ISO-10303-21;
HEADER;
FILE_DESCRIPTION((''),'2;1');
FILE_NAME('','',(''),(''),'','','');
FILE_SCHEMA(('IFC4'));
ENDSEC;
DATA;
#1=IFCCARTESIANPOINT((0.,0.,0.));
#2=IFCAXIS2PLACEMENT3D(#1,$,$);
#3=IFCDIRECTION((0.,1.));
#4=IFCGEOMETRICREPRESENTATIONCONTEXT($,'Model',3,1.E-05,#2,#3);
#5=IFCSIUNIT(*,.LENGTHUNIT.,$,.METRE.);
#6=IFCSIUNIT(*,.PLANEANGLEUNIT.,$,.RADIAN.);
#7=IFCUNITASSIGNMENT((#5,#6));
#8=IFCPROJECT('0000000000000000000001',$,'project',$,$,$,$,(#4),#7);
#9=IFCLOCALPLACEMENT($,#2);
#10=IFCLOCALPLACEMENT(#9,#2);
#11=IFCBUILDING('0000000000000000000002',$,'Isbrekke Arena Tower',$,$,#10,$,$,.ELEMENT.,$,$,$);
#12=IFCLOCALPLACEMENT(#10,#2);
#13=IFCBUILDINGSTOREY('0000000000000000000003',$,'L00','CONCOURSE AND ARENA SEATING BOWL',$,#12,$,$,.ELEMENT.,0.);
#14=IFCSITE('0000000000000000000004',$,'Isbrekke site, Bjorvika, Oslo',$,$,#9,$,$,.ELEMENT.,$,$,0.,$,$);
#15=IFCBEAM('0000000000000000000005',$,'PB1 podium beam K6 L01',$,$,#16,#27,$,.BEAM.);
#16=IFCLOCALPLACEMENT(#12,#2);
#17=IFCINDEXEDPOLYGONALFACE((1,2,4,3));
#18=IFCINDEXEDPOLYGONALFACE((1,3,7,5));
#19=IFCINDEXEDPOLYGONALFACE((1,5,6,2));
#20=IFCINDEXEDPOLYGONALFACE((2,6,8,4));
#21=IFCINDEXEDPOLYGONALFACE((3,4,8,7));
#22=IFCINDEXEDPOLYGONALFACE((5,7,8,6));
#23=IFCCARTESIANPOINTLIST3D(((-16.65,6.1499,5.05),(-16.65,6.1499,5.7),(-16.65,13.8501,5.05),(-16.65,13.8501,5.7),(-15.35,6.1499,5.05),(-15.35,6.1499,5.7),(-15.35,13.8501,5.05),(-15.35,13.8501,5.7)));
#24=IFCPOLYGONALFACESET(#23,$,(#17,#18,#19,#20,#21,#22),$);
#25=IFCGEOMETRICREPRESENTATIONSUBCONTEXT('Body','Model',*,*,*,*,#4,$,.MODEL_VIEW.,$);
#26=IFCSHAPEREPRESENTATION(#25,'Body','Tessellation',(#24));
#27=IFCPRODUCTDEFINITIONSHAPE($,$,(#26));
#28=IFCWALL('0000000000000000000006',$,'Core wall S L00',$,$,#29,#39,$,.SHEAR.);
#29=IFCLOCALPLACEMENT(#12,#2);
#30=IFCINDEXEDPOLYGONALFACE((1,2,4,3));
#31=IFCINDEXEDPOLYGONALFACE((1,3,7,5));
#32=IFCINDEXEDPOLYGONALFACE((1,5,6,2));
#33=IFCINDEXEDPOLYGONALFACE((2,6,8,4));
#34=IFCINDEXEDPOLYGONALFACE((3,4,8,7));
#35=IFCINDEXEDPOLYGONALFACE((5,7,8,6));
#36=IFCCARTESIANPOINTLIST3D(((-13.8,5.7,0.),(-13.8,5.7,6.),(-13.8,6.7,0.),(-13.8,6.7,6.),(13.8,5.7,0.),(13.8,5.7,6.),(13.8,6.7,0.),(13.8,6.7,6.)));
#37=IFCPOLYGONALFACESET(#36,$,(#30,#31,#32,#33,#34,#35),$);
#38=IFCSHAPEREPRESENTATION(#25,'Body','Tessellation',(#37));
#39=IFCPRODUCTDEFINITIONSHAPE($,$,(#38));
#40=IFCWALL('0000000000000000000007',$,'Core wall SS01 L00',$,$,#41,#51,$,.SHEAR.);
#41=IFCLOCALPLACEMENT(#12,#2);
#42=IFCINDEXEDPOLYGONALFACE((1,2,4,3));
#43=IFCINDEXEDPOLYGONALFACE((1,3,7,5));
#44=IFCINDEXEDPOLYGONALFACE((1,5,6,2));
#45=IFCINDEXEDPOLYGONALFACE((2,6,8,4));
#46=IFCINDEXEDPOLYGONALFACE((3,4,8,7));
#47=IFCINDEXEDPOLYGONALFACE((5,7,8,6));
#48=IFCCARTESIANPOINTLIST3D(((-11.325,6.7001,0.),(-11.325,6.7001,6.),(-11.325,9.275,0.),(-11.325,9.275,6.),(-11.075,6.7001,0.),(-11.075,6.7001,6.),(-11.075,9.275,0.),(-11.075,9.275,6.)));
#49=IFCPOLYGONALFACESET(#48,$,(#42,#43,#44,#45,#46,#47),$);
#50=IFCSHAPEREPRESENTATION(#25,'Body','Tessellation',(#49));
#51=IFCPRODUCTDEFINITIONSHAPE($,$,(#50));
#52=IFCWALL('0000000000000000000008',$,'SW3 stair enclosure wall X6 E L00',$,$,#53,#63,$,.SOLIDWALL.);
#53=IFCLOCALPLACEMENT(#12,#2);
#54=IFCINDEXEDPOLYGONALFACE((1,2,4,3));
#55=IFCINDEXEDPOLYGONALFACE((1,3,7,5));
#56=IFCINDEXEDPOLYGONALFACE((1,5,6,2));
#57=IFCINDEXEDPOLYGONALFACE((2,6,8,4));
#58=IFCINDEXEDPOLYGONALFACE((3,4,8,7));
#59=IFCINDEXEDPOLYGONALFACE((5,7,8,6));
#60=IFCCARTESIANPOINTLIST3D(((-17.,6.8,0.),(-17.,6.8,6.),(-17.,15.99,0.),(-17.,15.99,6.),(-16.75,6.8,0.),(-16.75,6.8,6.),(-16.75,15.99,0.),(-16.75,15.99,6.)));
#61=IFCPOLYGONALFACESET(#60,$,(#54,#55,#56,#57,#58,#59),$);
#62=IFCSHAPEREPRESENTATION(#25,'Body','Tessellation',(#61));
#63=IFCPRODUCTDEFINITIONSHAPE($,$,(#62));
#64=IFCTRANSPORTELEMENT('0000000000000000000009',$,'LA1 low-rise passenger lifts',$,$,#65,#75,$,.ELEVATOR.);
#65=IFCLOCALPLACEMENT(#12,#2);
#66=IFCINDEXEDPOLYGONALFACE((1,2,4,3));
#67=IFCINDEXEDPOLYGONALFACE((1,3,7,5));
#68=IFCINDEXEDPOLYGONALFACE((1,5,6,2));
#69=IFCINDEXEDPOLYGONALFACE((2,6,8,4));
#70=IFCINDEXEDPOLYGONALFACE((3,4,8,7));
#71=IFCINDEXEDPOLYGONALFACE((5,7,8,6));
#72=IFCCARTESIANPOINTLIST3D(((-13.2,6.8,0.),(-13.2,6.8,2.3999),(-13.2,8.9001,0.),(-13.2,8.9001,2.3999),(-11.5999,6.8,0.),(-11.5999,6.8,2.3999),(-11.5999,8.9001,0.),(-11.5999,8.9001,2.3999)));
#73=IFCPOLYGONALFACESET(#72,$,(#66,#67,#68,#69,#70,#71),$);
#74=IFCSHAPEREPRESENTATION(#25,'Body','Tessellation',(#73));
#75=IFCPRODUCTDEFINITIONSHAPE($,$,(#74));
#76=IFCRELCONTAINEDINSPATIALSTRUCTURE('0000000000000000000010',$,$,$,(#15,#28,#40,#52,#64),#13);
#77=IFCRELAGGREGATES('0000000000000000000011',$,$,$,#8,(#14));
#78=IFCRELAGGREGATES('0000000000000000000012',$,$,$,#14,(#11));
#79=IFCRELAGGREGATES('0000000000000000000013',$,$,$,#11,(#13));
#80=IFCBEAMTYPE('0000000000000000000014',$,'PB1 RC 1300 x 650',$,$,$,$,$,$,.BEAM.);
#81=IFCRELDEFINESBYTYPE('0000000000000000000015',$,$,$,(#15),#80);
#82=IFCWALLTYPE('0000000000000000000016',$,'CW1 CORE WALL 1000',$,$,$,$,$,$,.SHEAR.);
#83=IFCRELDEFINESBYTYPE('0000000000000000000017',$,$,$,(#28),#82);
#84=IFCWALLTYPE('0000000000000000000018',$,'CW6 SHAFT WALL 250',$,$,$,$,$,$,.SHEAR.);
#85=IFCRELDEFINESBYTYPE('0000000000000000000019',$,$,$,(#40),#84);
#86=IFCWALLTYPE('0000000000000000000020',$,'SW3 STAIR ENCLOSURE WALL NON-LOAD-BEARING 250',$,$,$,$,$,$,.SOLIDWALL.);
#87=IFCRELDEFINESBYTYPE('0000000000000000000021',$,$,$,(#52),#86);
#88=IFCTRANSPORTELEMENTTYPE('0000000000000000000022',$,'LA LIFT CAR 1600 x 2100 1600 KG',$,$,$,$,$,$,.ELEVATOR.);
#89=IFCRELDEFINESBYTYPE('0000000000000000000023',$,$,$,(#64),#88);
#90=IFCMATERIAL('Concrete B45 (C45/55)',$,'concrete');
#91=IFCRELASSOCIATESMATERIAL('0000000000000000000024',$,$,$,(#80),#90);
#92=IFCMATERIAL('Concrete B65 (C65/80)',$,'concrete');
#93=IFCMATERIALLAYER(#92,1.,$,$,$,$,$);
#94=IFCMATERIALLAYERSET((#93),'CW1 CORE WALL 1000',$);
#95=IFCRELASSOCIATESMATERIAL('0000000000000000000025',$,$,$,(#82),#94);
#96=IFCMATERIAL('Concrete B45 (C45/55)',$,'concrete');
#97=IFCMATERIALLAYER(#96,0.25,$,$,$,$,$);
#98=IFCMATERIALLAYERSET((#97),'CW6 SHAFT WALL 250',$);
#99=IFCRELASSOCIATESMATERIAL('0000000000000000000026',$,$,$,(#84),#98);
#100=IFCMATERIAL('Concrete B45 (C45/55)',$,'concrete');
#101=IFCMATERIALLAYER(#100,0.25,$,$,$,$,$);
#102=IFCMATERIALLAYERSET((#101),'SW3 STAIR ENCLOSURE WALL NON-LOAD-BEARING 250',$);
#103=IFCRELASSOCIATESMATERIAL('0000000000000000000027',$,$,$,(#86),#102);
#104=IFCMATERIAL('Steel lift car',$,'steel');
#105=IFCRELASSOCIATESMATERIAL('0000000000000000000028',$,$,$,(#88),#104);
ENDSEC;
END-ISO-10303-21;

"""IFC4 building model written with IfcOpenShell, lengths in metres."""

from ifc_helpers import new_model, si_unit, direction, frame, frame_2d, origin, origin_2d, place, context, subcontext, project, spatial, rectangle, extrude, material, layer, layer_set, material_profile, profile_set, type_object, element, save


model = new_model("IFC4")

# Units and contexts
model_context = context("Model", 3, precision=1e-05, world=origin(), true_north=direction((0.0, 1.0)))
body_context = subcontext(model_context, "Body", "Model", "MODEL_VIEW")
ifc_project = project(units=[si_unit("LENGTHUNIT", "METRE"), si_unit("PLANEANGLEUNIT", "RADIAN")], contexts=[model_context])

# Site, building, storey
site_placement = place(None, origin())
site = spatial("IfcSite", under=ifc_project, at=site_placement, Name="Isbrekke site, Bjorvika, Oslo", CompositionType="ELEMENT", RefElevation=0.0)
building_placement = place(site_placement, origin())
building = spatial("IfcBuilding", under=site, at=building_placement, Name="Isbrekke Arena Tower", CompositionType="ELEMENT")
storey_placement = place(building_placement, origin())
storey = spatial("IfcBuildingStorey", under=building, at=storey_placement, Name="L00", Description="CONCOURSE AND ARENA SEATING BOWL", CompositionType="ELEMENT", Elevation=0.0)

# Beam
ifc_material_1 = material(Name="Concrete B45 (C45/55)", Category="concrete")
ifc_material_profile = material_profile(ifc_material_1, rectangle(XDim=1.3, YDim=0.6499, at=origin_2d()), Name="RC 1300x650")
ifc_profile_set = profile_set([ifc_material_profile], Name="Concrete B45 (C45/55)")
beam_type = type_object("IfcBeamType", Name="PB1 RC 1300 x 650", PredefinedType="BEAM", material=ifc_profile_set)
beam_placement = place(storey_placement, frame((-16.0, 6.1499, 5.375), z_axis=(0.0, 1.0, 0.0), x_axis=(-1.0, 0.0, 0.0)))
element("IfcBeam", 1, at=beam_placement, inside=storey, type_object=beam_type, Name="PB1 podium beam K6 L01", PredefinedType="BEAM", context=body_context, shape_type="SweptSolid", body=[
    extrude(rectangle(XDim=1.3, YDim=0.6499, at=origin_2d()), origin(), (0.0, 0.0, 1.0), 7.7002),
])

# Walls
ifc_material_2 = material(Name="Concrete B65 (C65/80)", Category="concrete")
ifc_layer_1 = layer(ifc_material_2, 1.0)
ifc_layer_set_1 = layer_set([ifc_layer_1], Name="CW1 CORE WALL 1000")
wall_type_1 = type_object("IfcWallType", Name="CW1 CORE WALL 1000", PredefinedType="SHEAR", material=ifc_layer_set_1)
wall_1_placement = place(storey_placement, frame((-13.8, 6.2, 0.0), z_axis=(0.0, 0.0, 1.0), x_axis=(1.0, 0.0, 0.0)))
element("IfcWall", 2, at=wall_1_placement, inside=storey, type_object=wall_type_1, Name="Core wall S L00", PredefinedType="SHEAR", context=body_context, shape_type="SweptSolid", body=[
    extrude(rectangle(XDim=27.6001, YDim=1.0, at=frame_2d((13.8, 0.0))), origin(), (0.0, 0.0, 1.0), 6.0),
])
ifc_material_3 = material(Name="Concrete B45 (C45/55)", Category="concrete")
ifc_layer_2 = layer(ifc_material_3, 0.25)
ifc_layer_set_2 = layer_set([ifc_layer_2], Name="CW6 SHAFT WALL 250")
wall_type_2 = type_object("IfcWallType", Name="CW6 SHAFT WALL 250", PredefinedType="SHEAR", material=ifc_layer_set_2)
wall_2_placement = place(storey_placement, frame((-11.2, 6.7, 0.0), z_axis=(0.0, 0.0, 1.0), x_axis=(0.0, 1.0, 0.0)))
element("IfcWall", 3, at=wall_2_placement, inside=storey, type_object=wall_type_2, Name="Core wall SS01 L00", PredefinedType="SHEAR", context=body_context, shape_type="SweptSolid", body=[
    extrude(rectangle(XDim=2.575, YDim=0.25, at=frame_2d((1.2876, 0.0))), origin(), (0.0, 0.0, 1.0), 6.0),
])
ifc_material_4 = material(Name="Concrete B45 (C45/55)", Category="concrete")
ifc_layer_3 = layer(ifc_material_4, 0.25)
ifc_layer_set_3 = layer_set([ifc_layer_3], Name="SW3 STAIR ENCLOSURE WALL NON-LOAD-BEARING 250")
wall_type_3 = type_object("IfcWallType", Name="SW3 STAIR ENCLOSURE WALL NON-LOAD-BEARING 250", PredefinedType="SOLIDWALL", material=ifc_layer_set_3)
wall_3_placement = place(storey_placement, frame((-16.875, 6.8, 0.0), z_axis=(0.0, 0.0, 1.0), x_axis=(0.0, 1.0, 0.0)))
element("IfcWall", 4, at=wall_3_placement, inside=storey, type_object=wall_type_3, Name="SW3 stair enclosure wall X6 E L00", PredefinedType="SOLIDWALL", context=body_context, shape_type="SweptSolid", body=[
    extrude(rectangle(XDim=9.1899, YDim=0.25, at=frame_2d((4.595, 0.0))), origin(), (0.0, 0.0, 1.0), 6.0),
])

# Transport element
ifc_material_5 = material(Name="Steel lift car", Category="steel")
transport_element_type = type_object("IfcTransportElementType", Name="LA LIFT CAR 1600 x 2100 1600 KG", PredefinedType="ELEVATOR", material=ifc_material_5)
transport_element_placement = place(storey_placement, frame((-12.3999, 7.8501, 0.0), z_axis=(0.0, 0.0, 1.0), x_axis=(1.0, 0.0, 0.0)))
element("IfcTransportElement", 5, at=transport_element_placement, inside=storey, type_object=transport_element_type, Name="LA1 low-rise passenger lifts", PredefinedType="ELEVATOR", context=body_context, shape_type="SweptSolid", body=[
    extrude(rectangle(XDim=1.6001, YDim=2.1001, at=origin_2d()), origin(), (0.0, 0.0, 1.0), 2.3999),
])

save(model, "model.ifc")
